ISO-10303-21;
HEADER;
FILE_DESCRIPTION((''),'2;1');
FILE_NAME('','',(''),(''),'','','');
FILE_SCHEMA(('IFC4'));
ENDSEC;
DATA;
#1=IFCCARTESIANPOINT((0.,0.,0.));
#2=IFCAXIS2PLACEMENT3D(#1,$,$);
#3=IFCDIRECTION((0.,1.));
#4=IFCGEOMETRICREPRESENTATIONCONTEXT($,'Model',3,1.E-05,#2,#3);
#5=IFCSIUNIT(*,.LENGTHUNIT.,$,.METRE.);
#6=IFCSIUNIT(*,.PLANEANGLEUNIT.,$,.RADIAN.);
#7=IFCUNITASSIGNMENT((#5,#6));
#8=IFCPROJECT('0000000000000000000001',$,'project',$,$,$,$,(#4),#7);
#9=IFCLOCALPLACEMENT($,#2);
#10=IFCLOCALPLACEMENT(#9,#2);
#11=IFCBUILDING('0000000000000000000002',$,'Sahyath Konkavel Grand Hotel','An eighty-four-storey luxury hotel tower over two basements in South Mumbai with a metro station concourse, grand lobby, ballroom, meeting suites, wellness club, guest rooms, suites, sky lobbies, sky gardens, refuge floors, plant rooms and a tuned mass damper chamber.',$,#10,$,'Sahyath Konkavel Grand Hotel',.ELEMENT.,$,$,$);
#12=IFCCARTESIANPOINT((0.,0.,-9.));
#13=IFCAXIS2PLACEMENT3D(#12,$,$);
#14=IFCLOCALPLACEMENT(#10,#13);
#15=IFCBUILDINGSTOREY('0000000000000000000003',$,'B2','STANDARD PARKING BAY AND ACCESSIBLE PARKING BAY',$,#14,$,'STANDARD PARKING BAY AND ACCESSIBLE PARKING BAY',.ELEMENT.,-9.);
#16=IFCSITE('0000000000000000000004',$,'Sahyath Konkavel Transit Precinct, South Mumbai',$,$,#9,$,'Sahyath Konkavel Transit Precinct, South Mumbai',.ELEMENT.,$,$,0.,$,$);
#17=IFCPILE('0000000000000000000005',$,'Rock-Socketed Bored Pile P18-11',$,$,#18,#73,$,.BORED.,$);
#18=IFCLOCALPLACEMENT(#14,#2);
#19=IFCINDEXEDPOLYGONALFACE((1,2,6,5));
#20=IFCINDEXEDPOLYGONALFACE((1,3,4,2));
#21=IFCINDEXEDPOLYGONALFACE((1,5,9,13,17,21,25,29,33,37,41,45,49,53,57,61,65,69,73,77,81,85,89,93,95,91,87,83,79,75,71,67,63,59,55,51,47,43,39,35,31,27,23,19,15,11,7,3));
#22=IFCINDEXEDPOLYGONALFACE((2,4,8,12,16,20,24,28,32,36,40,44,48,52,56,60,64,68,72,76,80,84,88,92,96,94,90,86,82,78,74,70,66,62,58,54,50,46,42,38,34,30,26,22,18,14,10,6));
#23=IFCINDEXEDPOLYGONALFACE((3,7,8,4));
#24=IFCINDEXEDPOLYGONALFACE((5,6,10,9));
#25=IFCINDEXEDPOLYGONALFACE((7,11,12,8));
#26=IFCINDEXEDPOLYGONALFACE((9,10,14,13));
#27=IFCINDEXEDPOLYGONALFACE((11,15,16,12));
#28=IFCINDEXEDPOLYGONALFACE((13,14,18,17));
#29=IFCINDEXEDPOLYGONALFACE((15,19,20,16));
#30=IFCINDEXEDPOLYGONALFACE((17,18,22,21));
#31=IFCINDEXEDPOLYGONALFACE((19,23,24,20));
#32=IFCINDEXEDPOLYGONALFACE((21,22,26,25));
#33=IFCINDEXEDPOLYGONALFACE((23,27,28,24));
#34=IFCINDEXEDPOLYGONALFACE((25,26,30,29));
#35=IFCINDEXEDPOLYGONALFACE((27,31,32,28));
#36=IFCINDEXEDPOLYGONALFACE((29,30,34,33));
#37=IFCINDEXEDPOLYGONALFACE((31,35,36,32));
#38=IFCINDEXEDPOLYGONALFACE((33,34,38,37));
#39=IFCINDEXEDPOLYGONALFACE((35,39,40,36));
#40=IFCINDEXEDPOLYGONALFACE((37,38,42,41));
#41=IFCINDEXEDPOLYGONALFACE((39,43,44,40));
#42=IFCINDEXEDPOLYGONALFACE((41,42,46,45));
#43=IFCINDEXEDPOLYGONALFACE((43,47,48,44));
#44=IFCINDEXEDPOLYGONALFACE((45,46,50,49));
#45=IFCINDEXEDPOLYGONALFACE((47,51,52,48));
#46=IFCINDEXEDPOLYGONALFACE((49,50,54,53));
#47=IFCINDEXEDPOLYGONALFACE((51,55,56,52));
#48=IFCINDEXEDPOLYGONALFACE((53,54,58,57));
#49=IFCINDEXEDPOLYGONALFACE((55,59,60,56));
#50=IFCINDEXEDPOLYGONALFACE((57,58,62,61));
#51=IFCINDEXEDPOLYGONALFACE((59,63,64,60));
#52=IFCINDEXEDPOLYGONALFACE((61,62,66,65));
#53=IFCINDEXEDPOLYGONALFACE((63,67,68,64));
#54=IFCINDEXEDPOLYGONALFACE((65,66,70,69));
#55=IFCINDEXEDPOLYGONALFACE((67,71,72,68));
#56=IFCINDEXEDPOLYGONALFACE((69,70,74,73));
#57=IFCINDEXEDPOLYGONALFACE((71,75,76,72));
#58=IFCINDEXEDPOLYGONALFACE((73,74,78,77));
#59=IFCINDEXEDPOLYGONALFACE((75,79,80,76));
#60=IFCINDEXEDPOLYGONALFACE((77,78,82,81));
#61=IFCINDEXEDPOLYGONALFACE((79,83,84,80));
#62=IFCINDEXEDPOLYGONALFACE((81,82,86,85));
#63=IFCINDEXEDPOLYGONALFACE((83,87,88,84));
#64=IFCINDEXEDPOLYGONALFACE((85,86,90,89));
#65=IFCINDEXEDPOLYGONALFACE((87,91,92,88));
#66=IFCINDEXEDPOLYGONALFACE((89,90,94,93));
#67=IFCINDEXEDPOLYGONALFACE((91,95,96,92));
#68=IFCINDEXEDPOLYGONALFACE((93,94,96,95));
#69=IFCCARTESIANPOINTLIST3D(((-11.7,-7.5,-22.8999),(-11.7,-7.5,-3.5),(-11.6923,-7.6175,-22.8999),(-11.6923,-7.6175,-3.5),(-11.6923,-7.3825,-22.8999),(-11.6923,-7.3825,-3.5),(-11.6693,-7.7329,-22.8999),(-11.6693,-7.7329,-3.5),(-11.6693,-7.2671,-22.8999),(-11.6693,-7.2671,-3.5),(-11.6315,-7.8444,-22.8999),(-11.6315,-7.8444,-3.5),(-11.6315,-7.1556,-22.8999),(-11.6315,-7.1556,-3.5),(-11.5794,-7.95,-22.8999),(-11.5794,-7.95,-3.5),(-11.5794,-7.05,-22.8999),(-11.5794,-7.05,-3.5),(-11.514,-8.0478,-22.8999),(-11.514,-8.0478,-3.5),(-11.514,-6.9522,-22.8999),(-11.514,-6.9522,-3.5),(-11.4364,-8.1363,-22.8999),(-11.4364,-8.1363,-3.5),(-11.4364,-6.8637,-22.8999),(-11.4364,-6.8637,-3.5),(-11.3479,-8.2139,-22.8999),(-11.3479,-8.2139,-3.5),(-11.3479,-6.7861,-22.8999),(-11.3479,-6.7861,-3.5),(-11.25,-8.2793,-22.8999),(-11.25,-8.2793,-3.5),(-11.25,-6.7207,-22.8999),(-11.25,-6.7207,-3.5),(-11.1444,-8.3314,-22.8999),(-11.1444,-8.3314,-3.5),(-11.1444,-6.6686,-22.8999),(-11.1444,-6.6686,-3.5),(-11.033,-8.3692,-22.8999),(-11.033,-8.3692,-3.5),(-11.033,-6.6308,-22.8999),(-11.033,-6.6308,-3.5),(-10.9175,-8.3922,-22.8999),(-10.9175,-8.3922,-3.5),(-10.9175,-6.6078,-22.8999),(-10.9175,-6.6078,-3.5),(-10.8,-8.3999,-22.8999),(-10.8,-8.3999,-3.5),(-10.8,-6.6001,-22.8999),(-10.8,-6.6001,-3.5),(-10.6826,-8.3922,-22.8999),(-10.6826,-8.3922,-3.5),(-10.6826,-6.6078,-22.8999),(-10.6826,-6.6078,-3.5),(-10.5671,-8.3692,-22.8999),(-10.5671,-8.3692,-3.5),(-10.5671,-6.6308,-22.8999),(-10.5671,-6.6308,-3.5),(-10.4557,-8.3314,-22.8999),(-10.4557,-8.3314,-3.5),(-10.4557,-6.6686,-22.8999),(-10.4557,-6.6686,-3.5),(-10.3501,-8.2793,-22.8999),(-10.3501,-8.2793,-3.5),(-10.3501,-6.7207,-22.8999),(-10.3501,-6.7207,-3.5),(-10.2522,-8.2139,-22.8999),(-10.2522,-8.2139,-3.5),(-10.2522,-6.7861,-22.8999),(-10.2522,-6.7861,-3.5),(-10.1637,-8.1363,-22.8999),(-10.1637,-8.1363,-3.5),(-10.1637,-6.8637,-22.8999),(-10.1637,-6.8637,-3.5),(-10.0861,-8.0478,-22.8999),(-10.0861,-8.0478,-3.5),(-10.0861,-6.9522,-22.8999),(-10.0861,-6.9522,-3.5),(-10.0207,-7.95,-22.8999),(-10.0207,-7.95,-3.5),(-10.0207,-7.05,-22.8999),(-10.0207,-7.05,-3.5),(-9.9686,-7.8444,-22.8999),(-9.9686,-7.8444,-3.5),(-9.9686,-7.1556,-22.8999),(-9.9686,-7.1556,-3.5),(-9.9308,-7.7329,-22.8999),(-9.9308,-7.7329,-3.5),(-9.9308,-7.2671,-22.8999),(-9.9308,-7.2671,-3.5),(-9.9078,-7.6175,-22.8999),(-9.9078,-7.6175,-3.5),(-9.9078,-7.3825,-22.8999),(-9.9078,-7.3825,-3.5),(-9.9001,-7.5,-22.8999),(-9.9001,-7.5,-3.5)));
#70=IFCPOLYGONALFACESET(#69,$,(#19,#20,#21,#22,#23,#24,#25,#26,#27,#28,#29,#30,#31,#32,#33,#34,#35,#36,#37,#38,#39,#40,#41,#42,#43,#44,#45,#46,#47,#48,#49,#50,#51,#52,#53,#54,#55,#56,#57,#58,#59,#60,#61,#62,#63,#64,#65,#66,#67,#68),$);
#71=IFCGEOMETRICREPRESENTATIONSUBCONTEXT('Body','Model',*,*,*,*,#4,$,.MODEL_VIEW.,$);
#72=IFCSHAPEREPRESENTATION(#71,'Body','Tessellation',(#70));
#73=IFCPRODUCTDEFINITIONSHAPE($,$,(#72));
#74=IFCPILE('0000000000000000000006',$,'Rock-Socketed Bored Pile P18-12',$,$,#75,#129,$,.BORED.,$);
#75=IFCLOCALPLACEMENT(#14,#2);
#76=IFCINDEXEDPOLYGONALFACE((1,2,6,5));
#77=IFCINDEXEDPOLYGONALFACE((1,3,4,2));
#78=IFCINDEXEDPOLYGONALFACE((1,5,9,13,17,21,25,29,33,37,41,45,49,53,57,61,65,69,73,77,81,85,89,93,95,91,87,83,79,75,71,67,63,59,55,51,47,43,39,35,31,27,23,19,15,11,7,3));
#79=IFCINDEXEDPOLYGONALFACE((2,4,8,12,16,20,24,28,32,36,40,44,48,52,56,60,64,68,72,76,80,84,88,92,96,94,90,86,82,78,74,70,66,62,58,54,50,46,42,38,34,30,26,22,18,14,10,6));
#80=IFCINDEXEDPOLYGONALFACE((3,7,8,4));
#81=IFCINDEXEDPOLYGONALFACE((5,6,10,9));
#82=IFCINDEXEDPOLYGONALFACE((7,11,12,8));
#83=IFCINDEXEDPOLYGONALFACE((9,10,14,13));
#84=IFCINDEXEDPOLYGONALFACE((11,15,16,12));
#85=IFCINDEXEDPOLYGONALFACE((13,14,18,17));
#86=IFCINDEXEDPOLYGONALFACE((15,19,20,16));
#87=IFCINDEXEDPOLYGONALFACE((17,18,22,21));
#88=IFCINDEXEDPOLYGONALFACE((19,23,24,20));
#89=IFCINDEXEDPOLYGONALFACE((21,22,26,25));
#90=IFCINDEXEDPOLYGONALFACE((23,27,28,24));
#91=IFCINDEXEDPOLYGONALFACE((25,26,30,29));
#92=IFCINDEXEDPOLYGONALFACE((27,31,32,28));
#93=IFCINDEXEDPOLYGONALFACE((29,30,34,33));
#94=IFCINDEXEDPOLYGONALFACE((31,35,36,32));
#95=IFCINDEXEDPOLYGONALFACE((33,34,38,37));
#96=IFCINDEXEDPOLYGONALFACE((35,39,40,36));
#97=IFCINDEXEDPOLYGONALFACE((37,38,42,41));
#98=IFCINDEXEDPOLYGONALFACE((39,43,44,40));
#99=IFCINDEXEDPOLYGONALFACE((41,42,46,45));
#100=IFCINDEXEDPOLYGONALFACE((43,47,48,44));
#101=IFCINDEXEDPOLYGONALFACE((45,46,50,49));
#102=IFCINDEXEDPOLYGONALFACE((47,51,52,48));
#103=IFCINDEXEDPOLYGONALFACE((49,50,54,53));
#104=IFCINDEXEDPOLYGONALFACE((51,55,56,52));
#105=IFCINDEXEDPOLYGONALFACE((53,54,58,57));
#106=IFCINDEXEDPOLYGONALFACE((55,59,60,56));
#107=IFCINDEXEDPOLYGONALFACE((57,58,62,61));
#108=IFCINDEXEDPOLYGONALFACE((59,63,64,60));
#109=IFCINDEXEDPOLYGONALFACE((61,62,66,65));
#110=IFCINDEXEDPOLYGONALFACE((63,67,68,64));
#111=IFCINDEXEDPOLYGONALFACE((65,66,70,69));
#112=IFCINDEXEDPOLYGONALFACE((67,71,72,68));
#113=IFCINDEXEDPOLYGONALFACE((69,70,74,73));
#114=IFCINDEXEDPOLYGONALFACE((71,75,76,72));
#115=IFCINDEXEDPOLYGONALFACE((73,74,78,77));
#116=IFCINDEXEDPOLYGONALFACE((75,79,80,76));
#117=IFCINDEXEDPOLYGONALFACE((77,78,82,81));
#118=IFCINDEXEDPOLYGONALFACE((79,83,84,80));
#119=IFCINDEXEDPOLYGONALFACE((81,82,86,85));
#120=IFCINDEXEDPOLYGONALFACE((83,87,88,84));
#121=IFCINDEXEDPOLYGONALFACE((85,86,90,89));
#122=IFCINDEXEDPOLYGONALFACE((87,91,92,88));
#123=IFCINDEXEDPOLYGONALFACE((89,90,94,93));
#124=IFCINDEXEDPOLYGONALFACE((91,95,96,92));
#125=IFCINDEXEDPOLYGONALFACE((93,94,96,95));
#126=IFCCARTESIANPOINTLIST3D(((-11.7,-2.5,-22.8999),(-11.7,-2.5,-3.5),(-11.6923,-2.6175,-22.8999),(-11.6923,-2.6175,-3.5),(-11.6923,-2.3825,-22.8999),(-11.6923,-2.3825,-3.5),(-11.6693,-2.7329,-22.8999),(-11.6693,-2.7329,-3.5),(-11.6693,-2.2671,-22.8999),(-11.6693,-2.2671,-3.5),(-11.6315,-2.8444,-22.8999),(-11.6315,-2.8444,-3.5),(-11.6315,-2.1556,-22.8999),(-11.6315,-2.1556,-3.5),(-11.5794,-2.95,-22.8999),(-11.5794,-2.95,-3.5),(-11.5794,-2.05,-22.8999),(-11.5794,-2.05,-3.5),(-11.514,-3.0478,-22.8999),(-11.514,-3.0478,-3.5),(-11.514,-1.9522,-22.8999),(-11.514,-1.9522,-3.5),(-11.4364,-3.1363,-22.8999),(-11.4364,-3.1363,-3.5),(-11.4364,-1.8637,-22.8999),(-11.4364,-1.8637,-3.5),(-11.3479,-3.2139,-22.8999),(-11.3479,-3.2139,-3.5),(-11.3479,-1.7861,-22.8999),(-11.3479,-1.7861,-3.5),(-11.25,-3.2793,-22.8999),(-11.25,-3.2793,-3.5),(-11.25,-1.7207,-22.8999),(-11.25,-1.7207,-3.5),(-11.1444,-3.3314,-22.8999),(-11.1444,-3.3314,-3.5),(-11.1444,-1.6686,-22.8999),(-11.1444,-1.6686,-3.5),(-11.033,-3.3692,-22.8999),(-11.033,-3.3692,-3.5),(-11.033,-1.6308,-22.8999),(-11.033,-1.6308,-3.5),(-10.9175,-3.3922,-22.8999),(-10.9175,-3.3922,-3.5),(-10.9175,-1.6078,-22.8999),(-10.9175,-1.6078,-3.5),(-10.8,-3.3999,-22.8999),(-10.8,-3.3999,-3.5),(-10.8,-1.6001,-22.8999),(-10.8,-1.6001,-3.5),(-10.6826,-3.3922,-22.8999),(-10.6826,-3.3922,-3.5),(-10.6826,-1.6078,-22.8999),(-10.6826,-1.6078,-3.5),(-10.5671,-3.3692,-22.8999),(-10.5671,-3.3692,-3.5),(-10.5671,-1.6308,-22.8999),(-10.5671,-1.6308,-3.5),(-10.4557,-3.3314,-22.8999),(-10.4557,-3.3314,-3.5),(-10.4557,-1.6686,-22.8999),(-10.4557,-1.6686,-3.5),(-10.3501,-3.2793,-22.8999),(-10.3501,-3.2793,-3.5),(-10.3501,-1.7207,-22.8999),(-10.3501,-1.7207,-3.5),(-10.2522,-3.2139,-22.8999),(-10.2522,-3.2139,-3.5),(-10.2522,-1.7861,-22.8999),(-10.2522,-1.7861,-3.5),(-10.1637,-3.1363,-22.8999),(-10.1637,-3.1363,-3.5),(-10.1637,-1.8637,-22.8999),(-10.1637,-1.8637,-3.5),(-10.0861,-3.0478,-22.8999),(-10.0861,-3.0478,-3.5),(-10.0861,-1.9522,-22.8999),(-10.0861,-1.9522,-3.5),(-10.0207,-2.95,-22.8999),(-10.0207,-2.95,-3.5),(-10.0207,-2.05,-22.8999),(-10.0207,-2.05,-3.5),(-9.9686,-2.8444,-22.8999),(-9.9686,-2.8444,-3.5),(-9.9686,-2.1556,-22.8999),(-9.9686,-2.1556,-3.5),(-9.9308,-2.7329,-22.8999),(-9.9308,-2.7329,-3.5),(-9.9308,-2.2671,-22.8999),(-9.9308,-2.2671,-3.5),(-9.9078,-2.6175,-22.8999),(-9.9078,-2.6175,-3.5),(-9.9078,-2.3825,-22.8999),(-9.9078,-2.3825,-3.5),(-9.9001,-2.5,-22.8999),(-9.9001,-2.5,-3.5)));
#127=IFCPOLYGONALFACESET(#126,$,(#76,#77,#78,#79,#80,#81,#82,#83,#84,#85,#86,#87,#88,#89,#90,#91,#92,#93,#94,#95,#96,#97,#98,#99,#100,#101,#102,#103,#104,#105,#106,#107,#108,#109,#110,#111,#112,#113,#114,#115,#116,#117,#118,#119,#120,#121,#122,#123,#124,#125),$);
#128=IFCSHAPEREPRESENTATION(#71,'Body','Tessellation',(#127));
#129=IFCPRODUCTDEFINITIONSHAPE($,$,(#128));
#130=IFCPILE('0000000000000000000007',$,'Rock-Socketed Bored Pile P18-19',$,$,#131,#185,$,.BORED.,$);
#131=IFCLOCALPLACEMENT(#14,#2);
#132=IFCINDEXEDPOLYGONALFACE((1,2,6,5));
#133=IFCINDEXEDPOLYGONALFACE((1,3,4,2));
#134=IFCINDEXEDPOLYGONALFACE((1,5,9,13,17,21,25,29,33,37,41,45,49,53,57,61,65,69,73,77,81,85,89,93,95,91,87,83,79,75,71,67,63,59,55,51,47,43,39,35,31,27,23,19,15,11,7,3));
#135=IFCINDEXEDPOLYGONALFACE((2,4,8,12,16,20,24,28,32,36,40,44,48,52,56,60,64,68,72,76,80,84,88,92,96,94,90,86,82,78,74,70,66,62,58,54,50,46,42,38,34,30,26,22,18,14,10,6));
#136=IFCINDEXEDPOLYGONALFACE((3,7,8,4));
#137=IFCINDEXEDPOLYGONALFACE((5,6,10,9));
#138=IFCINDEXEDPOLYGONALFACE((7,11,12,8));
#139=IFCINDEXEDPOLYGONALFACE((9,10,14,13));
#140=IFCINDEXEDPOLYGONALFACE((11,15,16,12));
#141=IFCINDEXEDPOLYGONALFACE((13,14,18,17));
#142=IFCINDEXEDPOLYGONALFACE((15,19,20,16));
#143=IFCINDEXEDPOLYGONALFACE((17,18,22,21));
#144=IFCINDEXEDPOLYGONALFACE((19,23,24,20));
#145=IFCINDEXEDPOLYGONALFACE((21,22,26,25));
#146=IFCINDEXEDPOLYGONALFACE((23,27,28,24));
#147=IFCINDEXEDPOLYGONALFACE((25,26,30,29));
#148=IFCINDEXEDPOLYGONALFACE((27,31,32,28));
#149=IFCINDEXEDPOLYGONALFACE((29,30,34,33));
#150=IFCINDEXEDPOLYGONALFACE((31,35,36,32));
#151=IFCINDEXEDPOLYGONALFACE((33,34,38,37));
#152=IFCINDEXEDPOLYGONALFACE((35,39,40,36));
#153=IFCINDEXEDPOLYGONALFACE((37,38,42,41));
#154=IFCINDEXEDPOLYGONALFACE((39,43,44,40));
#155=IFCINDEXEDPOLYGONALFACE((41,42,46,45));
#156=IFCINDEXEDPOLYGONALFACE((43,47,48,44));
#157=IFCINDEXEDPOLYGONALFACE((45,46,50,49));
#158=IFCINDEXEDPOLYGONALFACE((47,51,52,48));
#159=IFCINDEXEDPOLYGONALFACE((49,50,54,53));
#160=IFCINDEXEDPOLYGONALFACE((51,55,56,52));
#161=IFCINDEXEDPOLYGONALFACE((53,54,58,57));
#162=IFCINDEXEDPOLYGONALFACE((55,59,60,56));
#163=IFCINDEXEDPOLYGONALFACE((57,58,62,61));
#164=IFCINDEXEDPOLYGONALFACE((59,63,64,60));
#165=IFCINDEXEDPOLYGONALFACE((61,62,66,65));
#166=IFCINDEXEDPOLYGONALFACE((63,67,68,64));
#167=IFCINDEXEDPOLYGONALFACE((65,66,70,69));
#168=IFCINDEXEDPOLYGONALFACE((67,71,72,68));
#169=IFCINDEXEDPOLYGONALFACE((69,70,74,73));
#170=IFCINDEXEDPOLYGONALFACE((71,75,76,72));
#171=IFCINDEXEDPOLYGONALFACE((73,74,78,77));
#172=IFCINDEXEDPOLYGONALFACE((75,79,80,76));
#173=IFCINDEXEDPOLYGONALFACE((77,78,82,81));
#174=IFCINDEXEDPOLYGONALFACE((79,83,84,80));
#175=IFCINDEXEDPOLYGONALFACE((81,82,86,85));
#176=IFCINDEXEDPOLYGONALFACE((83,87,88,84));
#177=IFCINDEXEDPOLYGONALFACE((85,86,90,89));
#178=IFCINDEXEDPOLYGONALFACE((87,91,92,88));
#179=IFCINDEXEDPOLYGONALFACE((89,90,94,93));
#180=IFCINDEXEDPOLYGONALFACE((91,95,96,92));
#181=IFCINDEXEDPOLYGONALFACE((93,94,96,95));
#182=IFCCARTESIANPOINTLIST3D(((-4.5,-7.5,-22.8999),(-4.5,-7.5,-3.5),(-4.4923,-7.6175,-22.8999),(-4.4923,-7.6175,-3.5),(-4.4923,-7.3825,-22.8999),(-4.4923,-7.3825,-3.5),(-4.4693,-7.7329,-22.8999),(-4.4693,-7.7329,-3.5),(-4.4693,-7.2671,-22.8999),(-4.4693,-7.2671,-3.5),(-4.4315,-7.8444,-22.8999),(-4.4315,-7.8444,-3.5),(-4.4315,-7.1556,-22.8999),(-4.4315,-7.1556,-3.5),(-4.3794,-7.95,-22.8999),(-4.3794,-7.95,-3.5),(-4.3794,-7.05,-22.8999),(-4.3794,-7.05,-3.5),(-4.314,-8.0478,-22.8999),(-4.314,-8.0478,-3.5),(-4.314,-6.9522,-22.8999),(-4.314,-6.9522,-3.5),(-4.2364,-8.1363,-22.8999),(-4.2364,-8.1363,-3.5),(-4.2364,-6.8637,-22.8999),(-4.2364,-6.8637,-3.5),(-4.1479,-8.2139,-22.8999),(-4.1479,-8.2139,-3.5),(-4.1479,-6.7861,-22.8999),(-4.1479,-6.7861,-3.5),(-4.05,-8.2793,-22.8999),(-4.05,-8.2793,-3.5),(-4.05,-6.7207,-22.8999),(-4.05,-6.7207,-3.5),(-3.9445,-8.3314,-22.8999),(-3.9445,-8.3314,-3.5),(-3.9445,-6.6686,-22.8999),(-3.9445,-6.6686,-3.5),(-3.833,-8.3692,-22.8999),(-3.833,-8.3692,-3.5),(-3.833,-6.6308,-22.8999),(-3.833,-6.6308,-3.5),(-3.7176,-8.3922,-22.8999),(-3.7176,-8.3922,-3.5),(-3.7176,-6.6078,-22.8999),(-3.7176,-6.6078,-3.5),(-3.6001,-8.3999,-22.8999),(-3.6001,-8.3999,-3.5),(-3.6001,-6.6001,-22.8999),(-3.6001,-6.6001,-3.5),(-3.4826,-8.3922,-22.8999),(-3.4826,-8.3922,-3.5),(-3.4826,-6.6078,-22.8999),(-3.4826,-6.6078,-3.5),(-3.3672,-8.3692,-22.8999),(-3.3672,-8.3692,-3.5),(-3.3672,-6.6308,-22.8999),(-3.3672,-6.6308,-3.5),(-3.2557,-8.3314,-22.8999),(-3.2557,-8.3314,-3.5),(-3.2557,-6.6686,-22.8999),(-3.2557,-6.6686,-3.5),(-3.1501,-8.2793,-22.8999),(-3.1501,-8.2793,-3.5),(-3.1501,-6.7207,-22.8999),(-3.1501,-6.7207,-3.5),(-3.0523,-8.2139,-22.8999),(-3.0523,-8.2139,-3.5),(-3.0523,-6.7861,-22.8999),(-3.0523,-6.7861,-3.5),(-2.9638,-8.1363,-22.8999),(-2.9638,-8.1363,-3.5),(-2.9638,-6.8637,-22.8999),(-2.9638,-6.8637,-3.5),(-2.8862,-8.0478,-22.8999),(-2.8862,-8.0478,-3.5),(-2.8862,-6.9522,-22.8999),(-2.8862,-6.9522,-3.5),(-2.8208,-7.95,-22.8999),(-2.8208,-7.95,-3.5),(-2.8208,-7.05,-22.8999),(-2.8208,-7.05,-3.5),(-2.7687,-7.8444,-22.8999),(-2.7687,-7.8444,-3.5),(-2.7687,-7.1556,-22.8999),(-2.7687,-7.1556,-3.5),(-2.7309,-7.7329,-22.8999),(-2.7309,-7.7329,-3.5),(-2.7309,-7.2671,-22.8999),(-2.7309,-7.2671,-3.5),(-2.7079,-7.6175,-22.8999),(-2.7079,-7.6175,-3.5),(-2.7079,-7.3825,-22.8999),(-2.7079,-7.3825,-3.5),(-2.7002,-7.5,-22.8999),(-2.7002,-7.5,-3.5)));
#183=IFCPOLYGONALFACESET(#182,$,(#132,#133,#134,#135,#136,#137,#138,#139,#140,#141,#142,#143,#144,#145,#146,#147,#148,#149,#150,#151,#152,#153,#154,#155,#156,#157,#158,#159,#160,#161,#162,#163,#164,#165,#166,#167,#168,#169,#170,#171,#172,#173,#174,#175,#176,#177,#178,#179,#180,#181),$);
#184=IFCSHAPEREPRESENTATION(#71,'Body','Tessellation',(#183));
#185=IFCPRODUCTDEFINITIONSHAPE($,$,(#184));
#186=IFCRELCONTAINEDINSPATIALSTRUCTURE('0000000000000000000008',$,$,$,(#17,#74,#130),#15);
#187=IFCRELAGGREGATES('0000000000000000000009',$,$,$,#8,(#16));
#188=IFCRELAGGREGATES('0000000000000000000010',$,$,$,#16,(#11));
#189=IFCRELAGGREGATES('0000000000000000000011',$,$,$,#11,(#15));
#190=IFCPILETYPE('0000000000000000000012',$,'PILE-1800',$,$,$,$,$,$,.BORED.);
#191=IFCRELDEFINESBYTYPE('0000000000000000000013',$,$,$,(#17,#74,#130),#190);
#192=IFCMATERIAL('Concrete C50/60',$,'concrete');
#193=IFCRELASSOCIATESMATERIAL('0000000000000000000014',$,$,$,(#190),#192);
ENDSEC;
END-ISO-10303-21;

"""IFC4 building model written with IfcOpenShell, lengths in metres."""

from ifc_helpers import new_model, si_unit, direction, frame, origin, origin_2d, place, context, subcontext, project, spatial, circle, extrude, material, material_profile, profile_set, type_object, element, save


model = new_model("IFC4")

# Units and contexts
model_context = context("Model", 3, precision=1e-05, world=origin(), true_north=direction((0.0, 1.0)))
body_context = subcontext(model_context, "Body", "Model", "MODEL_VIEW")
ifc_project = project(units=[si_unit("LENGTHUNIT", "METRE"), si_unit("PLANEANGLEUNIT", "RADIAN")], contexts=[model_context])

# Site, building, storey
site_placement = place(None, origin())
site = spatial("IfcSite", under=ifc_project, at=site_placement, Name="Sahyath Konkavel Transit Precinct, South Mumbai", LongName="Sahyath Konkavel Transit Precinct, South Mumbai", CompositionType="ELEMENT", RefElevation=0.0)
building_placement = place(site_placement, origin())
building = spatial("IfcBuilding", under=site, at=building_placement, Name="Sahyath Konkavel Grand Hotel", Description="An eighty-four-storey luxury hotel tower over two basements in South Mumbai with a metro station concourse, grand lobby, ballroom, meeting suites, wellness club, guest rooms, suites, sky lobbies, sky gardens, refuge floors, plant rooms and a tuned mass damper chamber.", LongName="Sahyath Konkavel Grand Hotel", CompositionType="ELEMENT")
storey_placement = place(building_placement, frame((0.0, 0.0, -9.0)))
storey = spatial("IfcBuildingStorey", under=building, at=storey_placement, Name="B2", Description="STANDARD PARKING BAY AND ACCESSIBLE PARKING BAY", LongName="STANDARD PARKING BAY AND ACCESSIBLE PARKING BAY", CompositionType="ELEMENT", Elevation=-9.0)

# Piles
ifc_material_1 = material(Name="Concrete C50/60", Category="concrete")
ifc_material_profile_1 = material_profile(ifc_material_1, circle(Radius=0.8999, at=origin_2d()), Name="PILE D1800")
ifc_profile_set_1 = profile_set([ifc_material_profile_1], Name="Concrete C50/60")
pile_type = type_object("IfcPileType", Name="PILE-1800", PredefinedType="BORED", material=ifc_profile_set_1)
for number, where, z_axis, x_axis, name in (
    (1, (-10.8, -7.5, -3.5), (0.0, 0.0, -1.0), (1.0, 0.0, 0.0), "Rock-Socketed Bored Pile P18-11"),
    (2, (-10.8, -2.5, -3.5), (0.0, 0.0, -1.0), (1.0, 0.0, 0.0), "Rock-Socketed Bored Pile P18-12"),
    (3, (-3.6001, -7.5, -3.5), (0.0, 0.0, -1.0), (1.0, 0.0, 0.0), "Rock-Socketed Bored Pile P18-19"),
):
    element("IfcPile", number, at=place(storey_placement, frame(where, z_axis=z_axis, x_axis=x_axis)), inside=storey, type_object=pile_type, Name=name, PredefinedType="BORED", context=body_context, shape_type="SweptSolid", body=[
        extrude(circle(Radius=0.8999, at=origin_2d()), origin(), (0.0, 0.0, 1.0), 19.3999),
    ])

save(model, "model.ifc")
